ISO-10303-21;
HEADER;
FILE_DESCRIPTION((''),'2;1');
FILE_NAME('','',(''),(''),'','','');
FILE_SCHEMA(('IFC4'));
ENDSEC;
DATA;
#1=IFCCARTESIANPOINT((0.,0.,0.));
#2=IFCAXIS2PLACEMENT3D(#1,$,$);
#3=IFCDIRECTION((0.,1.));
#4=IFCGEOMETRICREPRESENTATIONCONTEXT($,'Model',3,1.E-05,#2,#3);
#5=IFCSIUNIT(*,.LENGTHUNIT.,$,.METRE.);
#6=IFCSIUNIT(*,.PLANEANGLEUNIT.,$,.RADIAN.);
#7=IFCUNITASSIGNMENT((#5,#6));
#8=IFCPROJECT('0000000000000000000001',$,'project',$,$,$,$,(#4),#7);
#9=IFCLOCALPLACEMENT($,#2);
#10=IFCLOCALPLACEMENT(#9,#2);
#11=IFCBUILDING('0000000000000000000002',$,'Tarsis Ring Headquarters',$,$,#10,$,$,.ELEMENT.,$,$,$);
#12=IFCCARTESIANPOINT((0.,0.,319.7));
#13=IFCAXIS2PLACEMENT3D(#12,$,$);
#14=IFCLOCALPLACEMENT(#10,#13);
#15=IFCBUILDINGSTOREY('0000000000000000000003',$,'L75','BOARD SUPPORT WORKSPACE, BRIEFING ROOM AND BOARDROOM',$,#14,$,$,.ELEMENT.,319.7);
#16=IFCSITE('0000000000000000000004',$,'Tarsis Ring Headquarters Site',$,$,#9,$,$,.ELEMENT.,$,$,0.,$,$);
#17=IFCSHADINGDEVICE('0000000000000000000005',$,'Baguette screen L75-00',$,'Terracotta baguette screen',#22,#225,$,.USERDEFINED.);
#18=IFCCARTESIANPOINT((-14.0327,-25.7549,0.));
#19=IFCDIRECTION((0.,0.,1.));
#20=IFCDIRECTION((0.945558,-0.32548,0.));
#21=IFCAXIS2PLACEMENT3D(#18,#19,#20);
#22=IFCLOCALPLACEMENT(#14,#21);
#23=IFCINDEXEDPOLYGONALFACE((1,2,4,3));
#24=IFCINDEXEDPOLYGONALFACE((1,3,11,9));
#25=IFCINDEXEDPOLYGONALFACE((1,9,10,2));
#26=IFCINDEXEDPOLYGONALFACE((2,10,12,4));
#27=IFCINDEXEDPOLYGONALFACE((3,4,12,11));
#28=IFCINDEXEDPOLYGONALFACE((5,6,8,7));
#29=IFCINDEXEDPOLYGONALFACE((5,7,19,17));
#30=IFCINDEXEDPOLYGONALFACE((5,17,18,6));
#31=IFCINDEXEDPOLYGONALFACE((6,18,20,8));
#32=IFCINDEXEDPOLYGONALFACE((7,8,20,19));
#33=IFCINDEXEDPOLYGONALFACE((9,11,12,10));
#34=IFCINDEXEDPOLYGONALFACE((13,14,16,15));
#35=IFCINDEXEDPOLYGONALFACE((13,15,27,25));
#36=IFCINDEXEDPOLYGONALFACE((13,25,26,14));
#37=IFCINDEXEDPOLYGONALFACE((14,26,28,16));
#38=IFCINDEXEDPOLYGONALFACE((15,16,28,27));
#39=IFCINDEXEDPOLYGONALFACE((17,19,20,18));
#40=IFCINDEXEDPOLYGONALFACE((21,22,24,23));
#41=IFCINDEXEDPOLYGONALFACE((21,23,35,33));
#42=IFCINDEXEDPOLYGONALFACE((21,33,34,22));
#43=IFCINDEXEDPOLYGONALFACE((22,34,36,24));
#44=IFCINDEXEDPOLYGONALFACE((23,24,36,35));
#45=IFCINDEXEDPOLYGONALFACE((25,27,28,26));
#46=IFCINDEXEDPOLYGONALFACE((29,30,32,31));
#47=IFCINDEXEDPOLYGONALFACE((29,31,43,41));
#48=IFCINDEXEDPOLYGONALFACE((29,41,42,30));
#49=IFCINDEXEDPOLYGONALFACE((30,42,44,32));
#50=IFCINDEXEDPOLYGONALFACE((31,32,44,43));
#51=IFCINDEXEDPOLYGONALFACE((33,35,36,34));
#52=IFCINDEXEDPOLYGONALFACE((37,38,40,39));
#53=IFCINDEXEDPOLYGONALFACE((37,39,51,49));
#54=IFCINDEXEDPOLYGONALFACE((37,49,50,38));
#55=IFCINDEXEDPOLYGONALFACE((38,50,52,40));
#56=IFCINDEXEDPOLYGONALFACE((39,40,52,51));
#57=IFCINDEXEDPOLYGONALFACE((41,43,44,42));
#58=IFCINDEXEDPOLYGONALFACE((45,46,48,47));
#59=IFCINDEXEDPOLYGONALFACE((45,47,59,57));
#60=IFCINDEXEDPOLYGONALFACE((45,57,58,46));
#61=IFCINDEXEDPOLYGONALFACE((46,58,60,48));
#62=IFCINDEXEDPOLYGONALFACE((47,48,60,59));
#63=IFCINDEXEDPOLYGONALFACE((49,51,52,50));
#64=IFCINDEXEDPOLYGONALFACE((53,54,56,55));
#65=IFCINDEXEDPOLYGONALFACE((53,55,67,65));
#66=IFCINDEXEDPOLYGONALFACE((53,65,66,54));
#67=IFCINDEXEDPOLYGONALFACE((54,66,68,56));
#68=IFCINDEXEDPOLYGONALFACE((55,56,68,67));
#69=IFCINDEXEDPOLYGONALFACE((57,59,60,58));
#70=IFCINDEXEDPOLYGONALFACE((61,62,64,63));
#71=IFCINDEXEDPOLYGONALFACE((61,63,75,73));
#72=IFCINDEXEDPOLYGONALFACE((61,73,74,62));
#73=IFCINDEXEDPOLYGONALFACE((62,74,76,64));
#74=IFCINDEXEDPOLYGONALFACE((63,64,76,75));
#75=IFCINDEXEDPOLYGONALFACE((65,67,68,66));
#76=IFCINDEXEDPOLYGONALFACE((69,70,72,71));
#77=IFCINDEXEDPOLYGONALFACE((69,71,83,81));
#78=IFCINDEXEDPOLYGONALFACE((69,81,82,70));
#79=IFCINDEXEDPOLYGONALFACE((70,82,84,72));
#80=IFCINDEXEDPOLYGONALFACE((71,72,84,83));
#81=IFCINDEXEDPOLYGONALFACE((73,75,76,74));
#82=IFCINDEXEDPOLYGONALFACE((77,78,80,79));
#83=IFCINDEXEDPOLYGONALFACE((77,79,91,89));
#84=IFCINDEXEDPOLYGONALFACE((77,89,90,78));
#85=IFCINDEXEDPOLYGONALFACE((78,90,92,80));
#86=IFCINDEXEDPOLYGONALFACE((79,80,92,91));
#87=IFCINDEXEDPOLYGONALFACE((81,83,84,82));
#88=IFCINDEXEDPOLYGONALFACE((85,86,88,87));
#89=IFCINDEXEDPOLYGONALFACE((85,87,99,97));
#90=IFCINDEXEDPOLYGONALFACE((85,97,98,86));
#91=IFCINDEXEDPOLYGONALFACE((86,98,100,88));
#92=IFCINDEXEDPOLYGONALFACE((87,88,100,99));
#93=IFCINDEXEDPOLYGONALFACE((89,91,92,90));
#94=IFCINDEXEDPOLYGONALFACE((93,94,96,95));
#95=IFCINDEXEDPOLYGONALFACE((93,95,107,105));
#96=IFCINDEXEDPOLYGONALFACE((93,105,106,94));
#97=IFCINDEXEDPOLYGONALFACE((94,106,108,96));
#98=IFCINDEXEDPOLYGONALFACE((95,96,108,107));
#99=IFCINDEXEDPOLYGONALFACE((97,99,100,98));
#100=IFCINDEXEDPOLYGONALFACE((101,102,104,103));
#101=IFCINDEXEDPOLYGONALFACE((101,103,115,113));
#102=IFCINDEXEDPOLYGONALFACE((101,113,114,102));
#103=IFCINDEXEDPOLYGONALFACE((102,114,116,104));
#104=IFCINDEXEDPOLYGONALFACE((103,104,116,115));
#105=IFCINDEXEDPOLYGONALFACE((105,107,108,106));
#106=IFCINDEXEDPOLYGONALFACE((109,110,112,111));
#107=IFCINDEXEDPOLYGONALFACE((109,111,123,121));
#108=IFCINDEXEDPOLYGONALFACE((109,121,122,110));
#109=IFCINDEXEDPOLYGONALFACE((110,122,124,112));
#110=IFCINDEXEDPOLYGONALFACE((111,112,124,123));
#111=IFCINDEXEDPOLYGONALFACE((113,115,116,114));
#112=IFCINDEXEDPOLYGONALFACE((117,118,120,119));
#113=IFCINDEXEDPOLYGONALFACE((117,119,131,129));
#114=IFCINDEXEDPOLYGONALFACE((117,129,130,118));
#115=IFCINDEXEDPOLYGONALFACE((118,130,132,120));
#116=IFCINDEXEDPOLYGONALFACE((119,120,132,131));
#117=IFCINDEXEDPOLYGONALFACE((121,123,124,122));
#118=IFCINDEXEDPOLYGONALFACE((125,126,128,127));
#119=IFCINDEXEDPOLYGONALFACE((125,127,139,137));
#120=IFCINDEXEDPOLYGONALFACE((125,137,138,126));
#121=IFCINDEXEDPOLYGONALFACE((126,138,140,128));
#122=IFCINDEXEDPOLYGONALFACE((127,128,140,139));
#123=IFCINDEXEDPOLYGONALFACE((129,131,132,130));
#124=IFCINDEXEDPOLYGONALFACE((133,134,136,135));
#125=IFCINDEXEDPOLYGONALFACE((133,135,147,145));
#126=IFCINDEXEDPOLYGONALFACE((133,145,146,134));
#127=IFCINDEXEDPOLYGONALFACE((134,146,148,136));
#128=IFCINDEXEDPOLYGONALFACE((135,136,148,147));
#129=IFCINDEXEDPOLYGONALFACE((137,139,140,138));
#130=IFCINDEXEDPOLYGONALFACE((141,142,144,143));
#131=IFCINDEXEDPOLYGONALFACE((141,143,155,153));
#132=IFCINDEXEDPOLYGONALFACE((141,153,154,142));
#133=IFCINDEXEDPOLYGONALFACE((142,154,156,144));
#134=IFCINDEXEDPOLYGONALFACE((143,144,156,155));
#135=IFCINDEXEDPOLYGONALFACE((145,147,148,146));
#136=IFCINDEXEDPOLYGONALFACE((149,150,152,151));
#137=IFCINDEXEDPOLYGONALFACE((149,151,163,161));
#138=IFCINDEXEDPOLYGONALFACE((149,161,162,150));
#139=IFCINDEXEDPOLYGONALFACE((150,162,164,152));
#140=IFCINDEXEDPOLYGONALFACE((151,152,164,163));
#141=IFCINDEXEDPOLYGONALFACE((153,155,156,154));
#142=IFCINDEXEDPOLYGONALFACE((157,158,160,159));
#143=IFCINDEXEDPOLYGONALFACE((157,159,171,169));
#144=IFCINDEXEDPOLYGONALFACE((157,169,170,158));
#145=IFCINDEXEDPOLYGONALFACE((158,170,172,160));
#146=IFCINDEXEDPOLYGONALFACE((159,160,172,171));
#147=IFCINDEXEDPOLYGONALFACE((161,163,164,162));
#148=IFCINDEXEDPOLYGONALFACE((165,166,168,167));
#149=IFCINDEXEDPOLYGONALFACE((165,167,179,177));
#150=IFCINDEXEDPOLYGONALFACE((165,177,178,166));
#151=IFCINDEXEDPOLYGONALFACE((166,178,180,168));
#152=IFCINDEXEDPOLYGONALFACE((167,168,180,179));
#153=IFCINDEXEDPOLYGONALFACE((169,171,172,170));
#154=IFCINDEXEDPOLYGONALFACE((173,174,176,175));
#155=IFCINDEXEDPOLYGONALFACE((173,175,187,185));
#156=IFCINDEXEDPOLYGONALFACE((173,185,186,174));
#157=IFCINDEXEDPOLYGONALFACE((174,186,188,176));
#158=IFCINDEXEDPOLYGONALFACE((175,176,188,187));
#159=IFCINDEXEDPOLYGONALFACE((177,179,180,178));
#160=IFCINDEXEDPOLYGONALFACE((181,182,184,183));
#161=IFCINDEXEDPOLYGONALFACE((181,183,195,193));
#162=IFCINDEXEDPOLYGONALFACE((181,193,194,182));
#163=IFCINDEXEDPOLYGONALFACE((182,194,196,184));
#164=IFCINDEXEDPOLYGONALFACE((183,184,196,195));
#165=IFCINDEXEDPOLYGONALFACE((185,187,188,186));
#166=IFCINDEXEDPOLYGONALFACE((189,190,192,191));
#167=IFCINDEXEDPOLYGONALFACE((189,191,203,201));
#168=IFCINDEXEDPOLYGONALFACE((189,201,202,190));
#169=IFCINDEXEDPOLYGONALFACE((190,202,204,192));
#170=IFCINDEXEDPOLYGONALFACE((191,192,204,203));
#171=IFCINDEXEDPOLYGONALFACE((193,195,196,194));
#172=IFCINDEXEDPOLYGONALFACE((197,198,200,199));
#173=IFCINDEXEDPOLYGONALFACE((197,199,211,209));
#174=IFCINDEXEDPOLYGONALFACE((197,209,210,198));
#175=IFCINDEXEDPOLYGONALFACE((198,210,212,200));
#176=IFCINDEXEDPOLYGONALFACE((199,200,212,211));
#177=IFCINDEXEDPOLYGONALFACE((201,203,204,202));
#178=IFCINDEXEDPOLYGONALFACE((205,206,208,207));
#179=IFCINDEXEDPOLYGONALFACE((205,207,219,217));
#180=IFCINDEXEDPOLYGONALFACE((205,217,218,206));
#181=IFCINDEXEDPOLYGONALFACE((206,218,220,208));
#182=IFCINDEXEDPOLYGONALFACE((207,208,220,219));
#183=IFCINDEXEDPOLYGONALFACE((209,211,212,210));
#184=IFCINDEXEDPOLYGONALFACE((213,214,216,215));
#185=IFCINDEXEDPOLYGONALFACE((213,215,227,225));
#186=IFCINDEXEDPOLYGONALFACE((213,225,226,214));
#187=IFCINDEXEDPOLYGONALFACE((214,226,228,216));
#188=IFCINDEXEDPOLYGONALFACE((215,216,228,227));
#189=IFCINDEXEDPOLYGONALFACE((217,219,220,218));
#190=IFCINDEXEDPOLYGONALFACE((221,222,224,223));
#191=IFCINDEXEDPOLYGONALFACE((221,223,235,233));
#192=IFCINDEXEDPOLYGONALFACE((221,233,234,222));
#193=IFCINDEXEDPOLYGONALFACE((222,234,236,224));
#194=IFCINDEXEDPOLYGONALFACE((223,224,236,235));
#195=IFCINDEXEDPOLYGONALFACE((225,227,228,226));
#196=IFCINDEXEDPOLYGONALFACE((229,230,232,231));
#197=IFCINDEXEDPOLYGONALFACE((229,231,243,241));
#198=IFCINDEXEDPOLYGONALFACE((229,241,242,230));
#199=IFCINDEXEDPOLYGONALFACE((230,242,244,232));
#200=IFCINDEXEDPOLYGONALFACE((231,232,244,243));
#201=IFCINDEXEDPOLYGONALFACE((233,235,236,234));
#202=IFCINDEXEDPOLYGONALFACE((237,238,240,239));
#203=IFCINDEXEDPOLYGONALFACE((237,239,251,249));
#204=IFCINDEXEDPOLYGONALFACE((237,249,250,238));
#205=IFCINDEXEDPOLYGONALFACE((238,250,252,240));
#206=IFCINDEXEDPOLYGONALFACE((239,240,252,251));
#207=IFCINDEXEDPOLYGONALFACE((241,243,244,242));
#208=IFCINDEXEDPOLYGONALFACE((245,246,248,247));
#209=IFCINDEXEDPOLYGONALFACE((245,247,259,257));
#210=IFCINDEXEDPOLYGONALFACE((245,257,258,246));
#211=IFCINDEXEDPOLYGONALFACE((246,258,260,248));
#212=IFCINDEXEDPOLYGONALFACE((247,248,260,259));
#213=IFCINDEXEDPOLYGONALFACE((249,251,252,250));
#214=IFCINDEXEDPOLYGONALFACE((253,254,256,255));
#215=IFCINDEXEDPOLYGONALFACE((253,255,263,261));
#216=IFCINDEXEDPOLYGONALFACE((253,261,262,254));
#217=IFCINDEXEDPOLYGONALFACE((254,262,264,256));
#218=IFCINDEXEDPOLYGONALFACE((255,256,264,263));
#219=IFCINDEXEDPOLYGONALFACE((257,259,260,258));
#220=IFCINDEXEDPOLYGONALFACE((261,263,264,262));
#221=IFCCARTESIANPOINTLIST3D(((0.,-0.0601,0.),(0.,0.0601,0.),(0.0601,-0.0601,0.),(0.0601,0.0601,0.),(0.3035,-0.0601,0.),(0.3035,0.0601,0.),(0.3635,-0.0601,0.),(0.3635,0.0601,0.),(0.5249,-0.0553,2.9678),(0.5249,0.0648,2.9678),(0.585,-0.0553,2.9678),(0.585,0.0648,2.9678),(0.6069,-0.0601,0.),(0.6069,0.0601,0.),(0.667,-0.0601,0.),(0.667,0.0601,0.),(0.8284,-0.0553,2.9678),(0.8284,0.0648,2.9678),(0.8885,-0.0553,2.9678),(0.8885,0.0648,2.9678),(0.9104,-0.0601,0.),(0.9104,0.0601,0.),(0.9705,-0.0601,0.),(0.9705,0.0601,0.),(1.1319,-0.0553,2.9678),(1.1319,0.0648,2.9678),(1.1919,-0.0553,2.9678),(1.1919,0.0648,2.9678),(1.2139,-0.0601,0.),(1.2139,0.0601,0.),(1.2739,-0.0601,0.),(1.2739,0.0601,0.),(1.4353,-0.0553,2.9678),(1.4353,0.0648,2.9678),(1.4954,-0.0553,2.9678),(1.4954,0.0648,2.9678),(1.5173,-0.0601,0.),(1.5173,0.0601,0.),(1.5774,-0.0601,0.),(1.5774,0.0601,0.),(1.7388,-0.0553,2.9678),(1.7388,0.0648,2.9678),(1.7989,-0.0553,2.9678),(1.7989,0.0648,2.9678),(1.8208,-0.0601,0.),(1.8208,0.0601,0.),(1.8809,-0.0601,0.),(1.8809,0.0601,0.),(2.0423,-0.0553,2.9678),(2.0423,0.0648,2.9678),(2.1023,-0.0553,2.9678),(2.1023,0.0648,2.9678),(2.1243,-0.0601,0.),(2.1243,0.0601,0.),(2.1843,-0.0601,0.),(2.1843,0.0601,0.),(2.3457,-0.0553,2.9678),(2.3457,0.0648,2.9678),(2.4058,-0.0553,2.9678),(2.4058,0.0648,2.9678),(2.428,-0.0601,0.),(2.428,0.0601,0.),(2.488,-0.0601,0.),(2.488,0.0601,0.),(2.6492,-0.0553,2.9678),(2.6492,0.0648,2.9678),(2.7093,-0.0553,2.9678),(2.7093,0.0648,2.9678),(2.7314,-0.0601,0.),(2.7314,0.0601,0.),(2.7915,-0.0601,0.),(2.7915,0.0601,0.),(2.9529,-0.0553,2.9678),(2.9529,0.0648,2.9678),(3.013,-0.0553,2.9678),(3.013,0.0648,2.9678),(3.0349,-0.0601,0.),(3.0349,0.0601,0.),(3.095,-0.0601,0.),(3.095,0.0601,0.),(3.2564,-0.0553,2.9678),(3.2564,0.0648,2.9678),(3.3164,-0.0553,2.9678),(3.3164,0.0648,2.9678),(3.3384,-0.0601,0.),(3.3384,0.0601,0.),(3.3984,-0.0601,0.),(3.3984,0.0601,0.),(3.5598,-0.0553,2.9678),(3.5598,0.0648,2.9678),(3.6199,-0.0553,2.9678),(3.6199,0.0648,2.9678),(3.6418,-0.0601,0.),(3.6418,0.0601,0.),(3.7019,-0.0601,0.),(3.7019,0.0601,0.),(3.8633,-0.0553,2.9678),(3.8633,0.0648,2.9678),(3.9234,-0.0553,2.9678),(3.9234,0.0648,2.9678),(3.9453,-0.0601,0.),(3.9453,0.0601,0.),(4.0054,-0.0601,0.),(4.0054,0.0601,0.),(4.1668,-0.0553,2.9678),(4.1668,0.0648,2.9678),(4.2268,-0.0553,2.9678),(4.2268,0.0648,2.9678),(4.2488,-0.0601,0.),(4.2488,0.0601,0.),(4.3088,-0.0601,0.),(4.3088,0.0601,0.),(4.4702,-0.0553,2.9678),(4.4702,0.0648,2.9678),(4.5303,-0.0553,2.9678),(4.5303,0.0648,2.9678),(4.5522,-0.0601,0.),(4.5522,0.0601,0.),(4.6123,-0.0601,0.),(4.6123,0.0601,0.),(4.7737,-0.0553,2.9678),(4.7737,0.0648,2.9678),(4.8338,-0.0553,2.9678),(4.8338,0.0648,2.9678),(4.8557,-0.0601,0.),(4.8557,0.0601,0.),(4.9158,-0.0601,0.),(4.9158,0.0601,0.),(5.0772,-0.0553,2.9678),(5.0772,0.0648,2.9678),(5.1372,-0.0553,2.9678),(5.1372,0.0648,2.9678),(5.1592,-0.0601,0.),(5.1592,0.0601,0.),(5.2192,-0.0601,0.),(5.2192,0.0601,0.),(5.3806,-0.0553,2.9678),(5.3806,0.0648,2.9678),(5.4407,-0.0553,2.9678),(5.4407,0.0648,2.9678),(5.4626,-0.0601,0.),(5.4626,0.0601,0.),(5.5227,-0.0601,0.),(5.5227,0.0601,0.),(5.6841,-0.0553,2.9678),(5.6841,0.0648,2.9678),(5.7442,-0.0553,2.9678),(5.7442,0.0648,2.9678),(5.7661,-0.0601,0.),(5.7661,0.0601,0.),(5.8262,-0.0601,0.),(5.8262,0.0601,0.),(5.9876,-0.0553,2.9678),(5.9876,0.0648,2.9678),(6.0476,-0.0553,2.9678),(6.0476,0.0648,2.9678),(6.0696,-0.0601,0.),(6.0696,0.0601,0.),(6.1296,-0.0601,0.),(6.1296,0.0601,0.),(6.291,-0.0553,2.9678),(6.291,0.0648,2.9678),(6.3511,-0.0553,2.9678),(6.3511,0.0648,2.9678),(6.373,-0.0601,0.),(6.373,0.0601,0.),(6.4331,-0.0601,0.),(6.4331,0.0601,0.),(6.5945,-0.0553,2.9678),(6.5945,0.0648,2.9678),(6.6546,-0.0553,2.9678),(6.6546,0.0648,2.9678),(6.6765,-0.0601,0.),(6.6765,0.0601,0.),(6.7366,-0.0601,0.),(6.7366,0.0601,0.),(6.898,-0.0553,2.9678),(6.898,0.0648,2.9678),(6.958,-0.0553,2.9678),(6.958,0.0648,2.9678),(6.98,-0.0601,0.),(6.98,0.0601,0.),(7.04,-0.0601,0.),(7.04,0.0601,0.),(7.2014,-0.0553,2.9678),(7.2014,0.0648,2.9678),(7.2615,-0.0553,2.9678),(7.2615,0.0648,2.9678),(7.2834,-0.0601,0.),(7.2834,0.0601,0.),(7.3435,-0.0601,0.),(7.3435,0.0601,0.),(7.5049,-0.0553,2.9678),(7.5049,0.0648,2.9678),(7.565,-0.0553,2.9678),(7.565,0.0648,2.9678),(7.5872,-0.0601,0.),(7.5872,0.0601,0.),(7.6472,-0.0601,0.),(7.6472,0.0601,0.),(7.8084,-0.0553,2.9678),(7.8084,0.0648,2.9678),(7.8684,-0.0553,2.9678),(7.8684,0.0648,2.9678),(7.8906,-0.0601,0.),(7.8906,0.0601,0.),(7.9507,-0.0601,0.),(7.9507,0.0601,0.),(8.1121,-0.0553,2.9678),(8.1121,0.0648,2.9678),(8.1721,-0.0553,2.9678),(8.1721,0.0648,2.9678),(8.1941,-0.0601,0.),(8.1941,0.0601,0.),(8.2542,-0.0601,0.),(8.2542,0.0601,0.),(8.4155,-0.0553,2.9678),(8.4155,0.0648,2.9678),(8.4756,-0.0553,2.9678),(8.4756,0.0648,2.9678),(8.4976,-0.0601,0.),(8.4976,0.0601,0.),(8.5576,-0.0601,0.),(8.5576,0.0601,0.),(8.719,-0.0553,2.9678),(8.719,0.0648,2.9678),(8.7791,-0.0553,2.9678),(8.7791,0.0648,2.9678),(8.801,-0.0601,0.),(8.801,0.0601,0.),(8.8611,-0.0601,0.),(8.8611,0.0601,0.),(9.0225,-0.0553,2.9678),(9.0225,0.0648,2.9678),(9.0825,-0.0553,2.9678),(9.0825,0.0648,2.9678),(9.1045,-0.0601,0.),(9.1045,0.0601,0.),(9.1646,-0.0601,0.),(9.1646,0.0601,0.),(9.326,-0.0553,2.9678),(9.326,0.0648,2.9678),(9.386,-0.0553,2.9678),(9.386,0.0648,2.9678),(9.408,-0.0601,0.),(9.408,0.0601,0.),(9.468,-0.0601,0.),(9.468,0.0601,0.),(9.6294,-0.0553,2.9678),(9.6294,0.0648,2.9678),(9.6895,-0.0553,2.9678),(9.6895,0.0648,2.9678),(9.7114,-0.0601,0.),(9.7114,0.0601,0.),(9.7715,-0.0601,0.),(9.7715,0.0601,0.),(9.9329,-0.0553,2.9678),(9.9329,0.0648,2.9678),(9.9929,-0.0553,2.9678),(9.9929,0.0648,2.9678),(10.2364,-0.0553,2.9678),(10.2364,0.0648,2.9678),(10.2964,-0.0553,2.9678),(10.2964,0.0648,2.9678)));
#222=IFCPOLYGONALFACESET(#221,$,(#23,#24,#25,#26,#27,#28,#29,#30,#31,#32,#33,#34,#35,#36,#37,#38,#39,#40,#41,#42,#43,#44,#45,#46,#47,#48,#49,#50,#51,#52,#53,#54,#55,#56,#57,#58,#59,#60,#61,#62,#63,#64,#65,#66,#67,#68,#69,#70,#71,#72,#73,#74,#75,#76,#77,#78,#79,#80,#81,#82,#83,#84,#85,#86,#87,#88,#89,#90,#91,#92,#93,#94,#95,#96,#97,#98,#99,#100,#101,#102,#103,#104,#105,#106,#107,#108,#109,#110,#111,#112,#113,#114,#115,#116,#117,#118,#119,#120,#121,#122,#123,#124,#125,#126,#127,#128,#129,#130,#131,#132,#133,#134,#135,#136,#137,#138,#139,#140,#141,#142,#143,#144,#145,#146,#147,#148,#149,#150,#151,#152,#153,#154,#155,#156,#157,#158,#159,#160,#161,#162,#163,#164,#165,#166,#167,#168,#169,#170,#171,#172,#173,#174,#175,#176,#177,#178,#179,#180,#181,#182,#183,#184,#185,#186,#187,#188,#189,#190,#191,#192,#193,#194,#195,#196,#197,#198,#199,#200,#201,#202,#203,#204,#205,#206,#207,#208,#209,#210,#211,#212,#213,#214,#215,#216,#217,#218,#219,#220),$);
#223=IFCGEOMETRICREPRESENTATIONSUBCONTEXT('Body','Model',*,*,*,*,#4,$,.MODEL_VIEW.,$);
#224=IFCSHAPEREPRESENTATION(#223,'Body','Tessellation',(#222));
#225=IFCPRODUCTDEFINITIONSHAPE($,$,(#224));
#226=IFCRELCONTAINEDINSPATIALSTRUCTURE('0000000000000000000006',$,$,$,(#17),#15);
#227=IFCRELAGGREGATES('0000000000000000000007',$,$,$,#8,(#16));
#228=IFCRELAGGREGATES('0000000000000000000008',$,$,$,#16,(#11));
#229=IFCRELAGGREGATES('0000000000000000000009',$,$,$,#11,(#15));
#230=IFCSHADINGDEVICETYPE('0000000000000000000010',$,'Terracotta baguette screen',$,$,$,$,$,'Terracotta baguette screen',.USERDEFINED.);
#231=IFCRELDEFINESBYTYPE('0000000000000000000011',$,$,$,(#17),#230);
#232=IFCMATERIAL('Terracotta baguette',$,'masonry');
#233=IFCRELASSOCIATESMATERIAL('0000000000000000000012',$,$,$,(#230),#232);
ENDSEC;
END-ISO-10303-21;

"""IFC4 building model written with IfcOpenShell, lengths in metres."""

from ifc_helpers import new_model, si_unit, direction, frame, frame_2d, origin, place, context, subcontext, project, spatial, rectangle, composite_profile, extrude, material, type_object, element, save


model = new_model("IFC4")

# Units and contexts
model_context = context("Model", 3, precision=1e-05, world=origin(), true_north=direction((0.0, 1.0)))
body_context = subcontext(model_context, "Body", "Model", "MODEL_VIEW")
ifc_project = project(units=[si_unit("LENGTHUNIT", "METRE"), si_unit("PLANEANGLEUNIT", "RADIAN")], contexts=[model_context])

# Site, building, storey
site_placement = place(None, origin())
site = spatial("IfcSite", under=ifc_project, at=site_placement, Name="Tarsis Ring Headquarters Site", CompositionType="ELEMENT", RefElevation=0.0)
building_placement = place(site_placement, origin())
building = spatial("IfcBuilding", under=site, at=building_placement, Name="Tarsis Ring Headquarters", CompositionType="ELEMENT")
storey_placement = place(building_placement, frame((0.0, 0.0, 319.7)))
storey = spatial("IfcBuildingStorey", under=building, at=storey_placement, Name="L75", Description="BOARD SUPPORT WORKSPACE, BRIEFING ROOM AND BOARDROOM", CompositionType="ELEMENT", Elevation=319.7)

# Shading device
ifc_material_1 = material(Name="Terracotta baguette", Category="masonry")
shading_device_type = type_object("IfcShadingDeviceType", Name="Terracotta baguette screen", ElementType="Terracotta baguette screen", PredefinedType="USERDEFINED", material=ifc_material_1)
shading_device_1_placement = place(storey_placement, frame((-14.0327, -25.7549, 0.0), z_axis=(0.0, 0.0, 1.0), x_axis=(0.945558, -0.32548, 0.0)))
element("IfcShadingDevice", 1, at=shading_device_1_placement, inside=storey, type_object=shading_device_type, Name="Baguette screen L75-00", ObjectType="Terracotta baguette screen", PredefinedType="USERDEFINED", context=body_context, shape_type="SweptSolid", body=[
    extrude(composite_profile([rectangle(XDim=0.0601, YDim=0.1201, at=frame_2d((0.03, 0.0))), rectangle(XDim=0.0601, YDim=0.1201, at=frame_2d((0.3335, 0.0))), rectangle(XDim=0.0601, YDim=0.1201, at=frame_2d((0.637, 0.0))), rectangle(XDim=0.0601, YDim=0.1201, at=frame_2d((0.9404, 0.0))), rectangle(XDim=0.0601, YDim=0.1201, at=frame_2d((1.2439, 0.0))), rectangle(XDim=0.0601, YDim=0.1201, at=frame_2d((1.5474, 0.0))), rectangle(XDim=0.0601, YDim=0.1201, at=frame_2d((1.8508, 0.0))), rectangle(XDim=0.0601, YDim=0.1201, at=frame_2d((2.1543, 0.0))), rectangle(XDim=0.0601, YDim=0.1201, at=frame_2d((2.458, 0.0))), rectangle(XDim=0.0601, YDim=0.1201, at=frame_2d((2.7615, 0.0))), rectangle(XDim=0.0601, YDim=0.1201, at=frame_2d((3.0649, 0.0))), rectangle(XDim=0.0601, YDim=0.1201, at=frame_2d((3.3684, 0.0))), rectangle(XDim=0.0601, YDim=0.1201, at=frame_2d((3.6719, 0.0))), rectangle(XDim=0.0601, YDim=0.1201, at=frame_2d((3.9753, 0.0))), rectangle(XDim=0.0601, YDim=0.1201, at=frame_2d((4.2788, 0.0))), rectangle(XDim=0.0601, YDim=0.1201, at=frame_2d((4.5823, 0.0))), rectangle(XDim=0.0601, YDim=0.1201, at=frame_2d((4.8857, 0.0))), rectangle(XDim=0.0601, YDim=0.1201, at=frame_2d((5.1892, 0.0))), rectangle(XDim=0.0601, YDim=0.1201, at=frame_2d((5.4927, 0.0))), rectangle(XDim=0.0601, YDim=0.1201, at=frame_2d((5.7961, 0.0))), rectangle(XDim=0.0601, YDim=0.1201, at=frame_2d((6.0996, 0.0))), rectangle(XDim=0.0601, YDim=0.1201, at=frame_2d((6.4031, 0.0))), rectangle(XDim=0.0601, YDim=0.1201, at=frame_2d((6.7065, 0.0))), rectangle(XDim=0.0601, YDim=0.1201, at=frame_2d((7.01, 0.0))), rectangle(XDim=0.0601, YDim=0.1201, at=frame_2d((7.3135, 0.0))), rectangle(XDim=0.0601, YDim=0.1201, at=frame_2d((7.6172, 0.0))), rectangle(XDim=0.0601, YDim=0.1201, at=frame_2d((7.9207, 0.0))), rectangle(XDim=0.0601, YDim=0.1201, at=frame_2d((8.2241, 0.0))), rectangle(XDim=0.0601, YDim=0.1201, at=frame_2d((8.5276, 0.0))), rectangle(XDim=0.0601, YDim=0.1201, at=frame_2d((8.8311, 0.0))), rectangle(XDim=0.0601, YDim=0.1201, at=frame_2d((9.1345, 0.0))), rectangle(XDim=0.0601, YDim=0.1201, at=frame_2d((9.438, 0.0))), rectangle(XDim=0.0601, YDim=0.1201, at=frame_2d((9.7415, 0.0)))]), origin(), (0.174167, 0.001579, 0.984715), 3.0139),
])

save(model, "model.ifc")
